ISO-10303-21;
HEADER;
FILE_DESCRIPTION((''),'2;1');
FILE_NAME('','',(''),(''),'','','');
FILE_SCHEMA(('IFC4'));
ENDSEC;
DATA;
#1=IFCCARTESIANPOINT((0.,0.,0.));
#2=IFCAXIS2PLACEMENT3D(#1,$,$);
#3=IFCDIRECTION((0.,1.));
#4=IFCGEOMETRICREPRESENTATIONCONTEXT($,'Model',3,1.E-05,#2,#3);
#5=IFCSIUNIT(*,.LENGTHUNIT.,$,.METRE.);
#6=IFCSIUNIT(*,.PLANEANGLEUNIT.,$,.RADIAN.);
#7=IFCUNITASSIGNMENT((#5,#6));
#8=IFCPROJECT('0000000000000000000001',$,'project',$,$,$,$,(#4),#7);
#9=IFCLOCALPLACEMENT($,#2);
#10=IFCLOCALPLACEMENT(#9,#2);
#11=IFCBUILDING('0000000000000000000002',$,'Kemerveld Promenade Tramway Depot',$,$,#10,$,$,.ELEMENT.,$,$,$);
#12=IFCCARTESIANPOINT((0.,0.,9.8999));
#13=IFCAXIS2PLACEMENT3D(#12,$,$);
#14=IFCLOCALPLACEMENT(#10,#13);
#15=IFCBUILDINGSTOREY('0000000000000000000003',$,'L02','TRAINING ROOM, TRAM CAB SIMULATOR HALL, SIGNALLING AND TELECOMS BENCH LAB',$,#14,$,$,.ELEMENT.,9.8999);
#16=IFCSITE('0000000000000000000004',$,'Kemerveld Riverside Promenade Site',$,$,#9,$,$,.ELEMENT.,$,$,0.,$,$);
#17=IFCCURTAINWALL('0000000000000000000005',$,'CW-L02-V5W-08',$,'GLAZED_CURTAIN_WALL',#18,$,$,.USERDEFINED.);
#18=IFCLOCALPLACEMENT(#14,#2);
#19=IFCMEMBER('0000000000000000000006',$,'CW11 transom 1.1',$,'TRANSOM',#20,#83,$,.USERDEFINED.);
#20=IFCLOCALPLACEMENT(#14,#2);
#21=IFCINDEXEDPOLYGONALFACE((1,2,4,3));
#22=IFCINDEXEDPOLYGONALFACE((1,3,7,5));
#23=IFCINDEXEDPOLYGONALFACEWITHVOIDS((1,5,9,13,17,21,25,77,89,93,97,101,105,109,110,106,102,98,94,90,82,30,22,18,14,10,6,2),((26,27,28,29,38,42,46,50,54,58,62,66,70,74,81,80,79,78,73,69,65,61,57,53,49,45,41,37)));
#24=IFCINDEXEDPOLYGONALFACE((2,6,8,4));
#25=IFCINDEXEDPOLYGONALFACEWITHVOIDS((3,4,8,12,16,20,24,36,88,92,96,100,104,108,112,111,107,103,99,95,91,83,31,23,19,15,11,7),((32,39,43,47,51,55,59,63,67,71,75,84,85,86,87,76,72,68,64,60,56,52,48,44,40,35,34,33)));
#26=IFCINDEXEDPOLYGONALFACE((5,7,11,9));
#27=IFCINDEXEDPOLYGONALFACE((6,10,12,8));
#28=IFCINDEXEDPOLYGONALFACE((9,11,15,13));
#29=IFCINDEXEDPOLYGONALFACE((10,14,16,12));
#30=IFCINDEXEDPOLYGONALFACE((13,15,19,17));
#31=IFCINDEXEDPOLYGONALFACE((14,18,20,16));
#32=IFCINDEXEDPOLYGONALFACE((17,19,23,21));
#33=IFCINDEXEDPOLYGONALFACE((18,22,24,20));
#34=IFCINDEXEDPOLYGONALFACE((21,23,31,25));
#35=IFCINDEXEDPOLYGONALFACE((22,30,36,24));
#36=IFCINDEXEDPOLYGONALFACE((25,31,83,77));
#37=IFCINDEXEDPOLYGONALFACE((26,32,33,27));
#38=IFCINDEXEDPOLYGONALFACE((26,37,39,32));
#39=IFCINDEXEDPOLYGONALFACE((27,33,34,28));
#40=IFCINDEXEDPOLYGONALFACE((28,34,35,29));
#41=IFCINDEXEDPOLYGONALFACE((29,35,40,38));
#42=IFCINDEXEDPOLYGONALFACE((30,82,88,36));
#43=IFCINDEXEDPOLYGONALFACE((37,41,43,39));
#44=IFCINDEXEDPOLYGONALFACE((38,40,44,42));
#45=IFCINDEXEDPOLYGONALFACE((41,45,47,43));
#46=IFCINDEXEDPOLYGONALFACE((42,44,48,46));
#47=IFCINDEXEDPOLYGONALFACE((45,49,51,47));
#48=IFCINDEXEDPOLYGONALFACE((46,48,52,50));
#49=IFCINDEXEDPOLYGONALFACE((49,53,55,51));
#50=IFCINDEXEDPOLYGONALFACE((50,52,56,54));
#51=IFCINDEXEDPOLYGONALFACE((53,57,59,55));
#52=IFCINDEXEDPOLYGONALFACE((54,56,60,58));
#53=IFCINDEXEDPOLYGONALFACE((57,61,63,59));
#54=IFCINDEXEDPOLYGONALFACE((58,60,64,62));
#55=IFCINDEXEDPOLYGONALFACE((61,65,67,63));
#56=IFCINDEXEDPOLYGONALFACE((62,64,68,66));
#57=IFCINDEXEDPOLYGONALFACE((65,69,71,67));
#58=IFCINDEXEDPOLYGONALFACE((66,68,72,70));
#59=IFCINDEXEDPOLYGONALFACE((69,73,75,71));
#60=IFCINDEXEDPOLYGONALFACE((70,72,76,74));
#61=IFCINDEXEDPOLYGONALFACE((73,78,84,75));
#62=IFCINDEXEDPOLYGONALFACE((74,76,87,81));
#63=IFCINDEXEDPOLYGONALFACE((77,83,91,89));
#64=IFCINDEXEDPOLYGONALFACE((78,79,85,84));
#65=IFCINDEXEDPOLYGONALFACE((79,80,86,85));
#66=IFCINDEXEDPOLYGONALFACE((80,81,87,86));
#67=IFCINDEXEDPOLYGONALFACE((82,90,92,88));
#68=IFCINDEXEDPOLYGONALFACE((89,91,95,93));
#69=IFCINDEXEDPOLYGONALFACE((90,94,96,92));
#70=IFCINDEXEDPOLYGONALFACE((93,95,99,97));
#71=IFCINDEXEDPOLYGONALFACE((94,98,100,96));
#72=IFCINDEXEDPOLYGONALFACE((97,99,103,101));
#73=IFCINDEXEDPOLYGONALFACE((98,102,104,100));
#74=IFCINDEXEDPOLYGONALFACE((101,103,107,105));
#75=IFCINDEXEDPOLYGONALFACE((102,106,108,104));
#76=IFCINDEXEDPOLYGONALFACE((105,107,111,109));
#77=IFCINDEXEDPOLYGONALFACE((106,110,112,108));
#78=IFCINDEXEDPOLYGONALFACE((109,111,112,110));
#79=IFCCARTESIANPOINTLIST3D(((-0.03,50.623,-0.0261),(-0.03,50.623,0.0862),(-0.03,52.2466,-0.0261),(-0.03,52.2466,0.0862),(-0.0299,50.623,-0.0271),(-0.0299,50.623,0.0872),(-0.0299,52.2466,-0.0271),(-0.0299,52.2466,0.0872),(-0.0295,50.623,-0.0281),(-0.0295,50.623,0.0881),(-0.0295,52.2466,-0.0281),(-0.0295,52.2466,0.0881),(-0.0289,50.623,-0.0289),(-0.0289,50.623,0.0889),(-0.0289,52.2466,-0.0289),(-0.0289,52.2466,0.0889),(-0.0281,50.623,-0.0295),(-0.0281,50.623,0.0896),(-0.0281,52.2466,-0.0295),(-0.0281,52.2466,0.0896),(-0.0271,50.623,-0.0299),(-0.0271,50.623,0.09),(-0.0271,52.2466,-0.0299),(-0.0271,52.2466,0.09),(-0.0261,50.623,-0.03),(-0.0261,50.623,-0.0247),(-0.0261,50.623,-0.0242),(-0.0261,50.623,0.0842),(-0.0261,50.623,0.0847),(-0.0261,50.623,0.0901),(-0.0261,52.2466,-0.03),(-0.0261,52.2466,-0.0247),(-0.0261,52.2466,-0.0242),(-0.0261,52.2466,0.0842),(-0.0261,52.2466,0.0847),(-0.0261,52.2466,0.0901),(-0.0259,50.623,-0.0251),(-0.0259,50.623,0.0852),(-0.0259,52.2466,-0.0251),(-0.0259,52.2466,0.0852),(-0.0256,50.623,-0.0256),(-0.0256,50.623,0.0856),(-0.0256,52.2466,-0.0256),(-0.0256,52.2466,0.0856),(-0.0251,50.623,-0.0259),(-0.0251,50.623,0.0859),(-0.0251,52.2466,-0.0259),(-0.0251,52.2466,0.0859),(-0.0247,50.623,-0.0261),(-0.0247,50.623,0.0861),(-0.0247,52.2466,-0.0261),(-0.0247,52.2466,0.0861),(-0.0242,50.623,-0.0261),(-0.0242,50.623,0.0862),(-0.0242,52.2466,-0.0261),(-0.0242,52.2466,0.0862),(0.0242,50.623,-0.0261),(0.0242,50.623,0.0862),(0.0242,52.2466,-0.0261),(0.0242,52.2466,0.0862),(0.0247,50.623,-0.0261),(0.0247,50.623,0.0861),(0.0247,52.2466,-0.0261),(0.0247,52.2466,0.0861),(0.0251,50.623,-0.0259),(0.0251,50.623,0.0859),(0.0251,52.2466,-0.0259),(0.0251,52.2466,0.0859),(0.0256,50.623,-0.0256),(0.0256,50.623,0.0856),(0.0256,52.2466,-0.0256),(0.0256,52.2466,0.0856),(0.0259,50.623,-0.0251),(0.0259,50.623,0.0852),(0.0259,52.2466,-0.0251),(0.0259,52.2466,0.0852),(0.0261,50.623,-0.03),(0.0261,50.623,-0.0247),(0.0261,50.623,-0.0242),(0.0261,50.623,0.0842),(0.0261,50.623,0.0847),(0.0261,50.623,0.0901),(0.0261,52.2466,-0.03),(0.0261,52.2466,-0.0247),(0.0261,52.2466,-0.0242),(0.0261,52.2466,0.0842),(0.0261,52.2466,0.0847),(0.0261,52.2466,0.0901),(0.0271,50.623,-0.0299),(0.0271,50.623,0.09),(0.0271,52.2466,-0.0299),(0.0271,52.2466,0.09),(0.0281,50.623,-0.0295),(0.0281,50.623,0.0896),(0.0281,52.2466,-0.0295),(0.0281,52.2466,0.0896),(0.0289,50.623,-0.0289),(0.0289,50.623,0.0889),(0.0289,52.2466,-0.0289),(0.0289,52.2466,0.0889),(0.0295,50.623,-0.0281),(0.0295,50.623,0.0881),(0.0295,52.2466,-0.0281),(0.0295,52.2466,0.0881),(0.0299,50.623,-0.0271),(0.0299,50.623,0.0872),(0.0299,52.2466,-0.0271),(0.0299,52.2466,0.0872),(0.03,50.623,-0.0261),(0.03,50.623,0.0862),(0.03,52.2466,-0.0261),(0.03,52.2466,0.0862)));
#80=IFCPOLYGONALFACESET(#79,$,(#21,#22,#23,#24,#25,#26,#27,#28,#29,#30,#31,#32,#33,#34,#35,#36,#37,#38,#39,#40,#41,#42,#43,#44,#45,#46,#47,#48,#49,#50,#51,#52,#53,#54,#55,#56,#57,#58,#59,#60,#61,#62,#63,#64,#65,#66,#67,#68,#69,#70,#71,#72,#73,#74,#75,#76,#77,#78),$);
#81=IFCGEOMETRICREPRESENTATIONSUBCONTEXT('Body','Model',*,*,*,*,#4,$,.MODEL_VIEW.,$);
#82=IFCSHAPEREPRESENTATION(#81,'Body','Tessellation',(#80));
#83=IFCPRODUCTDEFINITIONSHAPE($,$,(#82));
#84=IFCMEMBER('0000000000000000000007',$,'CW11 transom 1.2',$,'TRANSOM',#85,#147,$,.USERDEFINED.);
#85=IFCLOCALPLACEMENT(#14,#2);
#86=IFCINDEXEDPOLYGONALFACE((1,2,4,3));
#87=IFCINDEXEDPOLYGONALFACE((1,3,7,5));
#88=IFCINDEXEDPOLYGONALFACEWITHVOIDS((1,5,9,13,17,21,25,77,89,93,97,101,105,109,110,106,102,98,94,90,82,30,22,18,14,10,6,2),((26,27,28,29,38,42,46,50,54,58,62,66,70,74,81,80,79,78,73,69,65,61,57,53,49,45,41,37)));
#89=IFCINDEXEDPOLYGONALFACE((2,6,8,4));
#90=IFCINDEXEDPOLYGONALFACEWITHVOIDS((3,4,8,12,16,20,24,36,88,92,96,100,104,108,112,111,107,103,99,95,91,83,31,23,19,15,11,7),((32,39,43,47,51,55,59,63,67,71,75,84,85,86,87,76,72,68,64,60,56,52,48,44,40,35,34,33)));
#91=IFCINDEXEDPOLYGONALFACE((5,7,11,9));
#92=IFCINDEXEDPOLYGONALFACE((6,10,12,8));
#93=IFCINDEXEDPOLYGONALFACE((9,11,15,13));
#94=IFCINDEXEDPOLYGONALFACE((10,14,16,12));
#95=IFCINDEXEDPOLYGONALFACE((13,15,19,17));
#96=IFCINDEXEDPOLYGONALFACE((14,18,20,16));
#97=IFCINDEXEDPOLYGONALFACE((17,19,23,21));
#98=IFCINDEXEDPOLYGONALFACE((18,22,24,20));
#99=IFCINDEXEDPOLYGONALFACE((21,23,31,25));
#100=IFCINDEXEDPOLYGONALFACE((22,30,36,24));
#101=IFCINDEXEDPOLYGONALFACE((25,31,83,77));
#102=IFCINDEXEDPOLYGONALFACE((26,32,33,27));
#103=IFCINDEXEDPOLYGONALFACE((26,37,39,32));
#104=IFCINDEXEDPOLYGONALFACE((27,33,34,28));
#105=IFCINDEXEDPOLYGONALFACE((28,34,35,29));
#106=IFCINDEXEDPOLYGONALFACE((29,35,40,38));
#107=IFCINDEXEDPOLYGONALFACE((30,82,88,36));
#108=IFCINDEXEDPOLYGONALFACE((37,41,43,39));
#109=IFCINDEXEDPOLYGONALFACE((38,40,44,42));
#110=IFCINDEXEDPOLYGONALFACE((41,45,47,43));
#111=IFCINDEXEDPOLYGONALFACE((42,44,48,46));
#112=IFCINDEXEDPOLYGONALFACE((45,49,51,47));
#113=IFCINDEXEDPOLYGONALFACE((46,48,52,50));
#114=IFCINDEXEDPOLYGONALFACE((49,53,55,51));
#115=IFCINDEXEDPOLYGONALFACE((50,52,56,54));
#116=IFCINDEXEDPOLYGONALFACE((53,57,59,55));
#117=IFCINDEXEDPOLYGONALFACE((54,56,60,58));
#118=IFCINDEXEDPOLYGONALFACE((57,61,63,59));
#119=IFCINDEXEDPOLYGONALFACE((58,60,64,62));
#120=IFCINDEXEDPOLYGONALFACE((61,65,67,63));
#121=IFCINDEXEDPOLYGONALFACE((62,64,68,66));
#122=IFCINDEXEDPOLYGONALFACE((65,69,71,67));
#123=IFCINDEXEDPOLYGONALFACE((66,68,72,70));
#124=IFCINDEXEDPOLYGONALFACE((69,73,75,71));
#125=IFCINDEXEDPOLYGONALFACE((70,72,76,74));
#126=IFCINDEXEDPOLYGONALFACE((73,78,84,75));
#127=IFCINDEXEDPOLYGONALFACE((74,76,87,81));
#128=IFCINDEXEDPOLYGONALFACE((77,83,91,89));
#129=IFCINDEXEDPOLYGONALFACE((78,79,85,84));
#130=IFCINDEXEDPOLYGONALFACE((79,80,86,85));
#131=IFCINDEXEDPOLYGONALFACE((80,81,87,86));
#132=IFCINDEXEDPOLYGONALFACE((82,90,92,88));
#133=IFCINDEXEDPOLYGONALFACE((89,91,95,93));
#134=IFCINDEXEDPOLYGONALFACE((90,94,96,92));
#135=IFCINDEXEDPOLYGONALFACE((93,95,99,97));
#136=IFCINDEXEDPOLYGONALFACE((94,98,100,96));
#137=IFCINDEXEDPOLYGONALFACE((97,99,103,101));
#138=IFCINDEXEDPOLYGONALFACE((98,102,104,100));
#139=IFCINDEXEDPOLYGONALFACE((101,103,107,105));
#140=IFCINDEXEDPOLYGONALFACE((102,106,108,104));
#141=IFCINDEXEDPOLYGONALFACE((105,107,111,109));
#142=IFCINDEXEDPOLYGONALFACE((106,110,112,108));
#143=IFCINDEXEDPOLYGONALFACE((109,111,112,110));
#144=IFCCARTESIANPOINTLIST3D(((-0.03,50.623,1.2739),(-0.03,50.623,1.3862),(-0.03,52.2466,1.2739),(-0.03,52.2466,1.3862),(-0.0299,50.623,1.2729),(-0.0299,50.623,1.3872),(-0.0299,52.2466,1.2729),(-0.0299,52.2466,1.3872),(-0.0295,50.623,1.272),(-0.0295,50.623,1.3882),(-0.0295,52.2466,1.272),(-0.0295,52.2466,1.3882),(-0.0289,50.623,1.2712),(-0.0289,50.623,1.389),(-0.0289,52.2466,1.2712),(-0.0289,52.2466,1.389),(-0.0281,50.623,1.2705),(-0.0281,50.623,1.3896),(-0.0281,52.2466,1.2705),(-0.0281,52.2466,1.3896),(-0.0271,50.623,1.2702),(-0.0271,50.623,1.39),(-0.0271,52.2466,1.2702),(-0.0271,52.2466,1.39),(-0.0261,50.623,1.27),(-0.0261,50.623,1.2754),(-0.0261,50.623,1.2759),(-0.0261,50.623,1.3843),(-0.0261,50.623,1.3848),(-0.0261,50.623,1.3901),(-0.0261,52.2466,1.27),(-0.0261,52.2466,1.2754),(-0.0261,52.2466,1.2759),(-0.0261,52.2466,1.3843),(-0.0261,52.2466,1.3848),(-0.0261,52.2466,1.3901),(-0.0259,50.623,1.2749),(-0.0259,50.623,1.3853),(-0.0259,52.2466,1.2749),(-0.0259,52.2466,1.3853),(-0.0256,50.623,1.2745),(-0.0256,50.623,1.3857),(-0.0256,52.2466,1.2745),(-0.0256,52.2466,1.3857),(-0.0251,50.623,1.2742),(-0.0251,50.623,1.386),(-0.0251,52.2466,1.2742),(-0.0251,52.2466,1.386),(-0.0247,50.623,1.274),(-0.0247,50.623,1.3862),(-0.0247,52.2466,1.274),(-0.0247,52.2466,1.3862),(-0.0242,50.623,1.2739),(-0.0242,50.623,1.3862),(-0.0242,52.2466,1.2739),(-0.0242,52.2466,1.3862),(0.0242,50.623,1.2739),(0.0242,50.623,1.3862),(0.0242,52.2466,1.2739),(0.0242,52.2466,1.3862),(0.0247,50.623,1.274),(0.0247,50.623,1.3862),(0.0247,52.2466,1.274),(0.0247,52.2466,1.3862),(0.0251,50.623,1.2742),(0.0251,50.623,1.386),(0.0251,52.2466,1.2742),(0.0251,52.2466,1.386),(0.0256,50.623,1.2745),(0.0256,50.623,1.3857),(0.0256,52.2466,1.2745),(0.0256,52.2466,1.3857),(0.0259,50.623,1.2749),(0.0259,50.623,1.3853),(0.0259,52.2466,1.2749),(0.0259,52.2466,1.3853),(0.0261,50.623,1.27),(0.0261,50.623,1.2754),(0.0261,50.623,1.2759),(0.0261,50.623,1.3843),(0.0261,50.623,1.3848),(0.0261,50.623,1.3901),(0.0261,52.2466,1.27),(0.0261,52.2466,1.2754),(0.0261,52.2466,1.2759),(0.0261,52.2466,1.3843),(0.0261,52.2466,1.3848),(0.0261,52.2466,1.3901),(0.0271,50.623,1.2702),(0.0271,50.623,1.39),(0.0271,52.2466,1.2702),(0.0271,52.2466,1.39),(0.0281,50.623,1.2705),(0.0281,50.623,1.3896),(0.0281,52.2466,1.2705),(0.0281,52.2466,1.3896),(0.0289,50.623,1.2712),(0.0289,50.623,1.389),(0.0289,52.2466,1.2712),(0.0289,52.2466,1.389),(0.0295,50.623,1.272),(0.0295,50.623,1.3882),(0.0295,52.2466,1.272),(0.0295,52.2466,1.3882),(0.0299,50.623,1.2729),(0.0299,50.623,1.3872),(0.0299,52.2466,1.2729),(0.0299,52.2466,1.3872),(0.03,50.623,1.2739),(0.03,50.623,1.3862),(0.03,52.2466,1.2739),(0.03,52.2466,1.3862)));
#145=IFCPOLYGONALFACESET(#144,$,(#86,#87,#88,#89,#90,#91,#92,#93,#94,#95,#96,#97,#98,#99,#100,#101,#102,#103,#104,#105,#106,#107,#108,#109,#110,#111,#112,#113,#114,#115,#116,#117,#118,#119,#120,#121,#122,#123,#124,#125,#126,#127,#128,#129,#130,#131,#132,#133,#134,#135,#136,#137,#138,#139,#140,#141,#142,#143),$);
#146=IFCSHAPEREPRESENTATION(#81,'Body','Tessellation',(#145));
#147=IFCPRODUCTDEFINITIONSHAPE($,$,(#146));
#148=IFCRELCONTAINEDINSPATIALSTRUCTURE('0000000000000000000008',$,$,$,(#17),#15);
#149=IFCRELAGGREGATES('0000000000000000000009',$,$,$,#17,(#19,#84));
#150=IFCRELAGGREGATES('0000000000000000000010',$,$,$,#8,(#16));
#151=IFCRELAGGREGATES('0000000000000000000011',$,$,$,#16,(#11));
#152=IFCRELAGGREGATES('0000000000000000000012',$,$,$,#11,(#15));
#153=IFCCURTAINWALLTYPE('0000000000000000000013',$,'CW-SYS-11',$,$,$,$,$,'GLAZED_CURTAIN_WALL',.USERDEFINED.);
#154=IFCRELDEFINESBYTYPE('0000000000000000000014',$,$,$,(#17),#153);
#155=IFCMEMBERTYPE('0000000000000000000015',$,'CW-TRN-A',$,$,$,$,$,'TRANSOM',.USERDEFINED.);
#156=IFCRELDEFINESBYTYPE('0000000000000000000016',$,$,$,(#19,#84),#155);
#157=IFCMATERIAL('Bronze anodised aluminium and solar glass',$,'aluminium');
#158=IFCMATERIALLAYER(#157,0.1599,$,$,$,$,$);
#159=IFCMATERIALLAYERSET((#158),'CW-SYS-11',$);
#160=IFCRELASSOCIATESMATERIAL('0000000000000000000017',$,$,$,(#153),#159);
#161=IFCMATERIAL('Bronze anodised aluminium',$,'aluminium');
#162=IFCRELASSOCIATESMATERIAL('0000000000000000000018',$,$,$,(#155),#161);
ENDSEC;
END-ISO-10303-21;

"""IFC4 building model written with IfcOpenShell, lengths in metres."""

from ifc_helpers import new_model, si_unit, direction, frame, origin, origin_2d, place, context, subcontext, project, spatial, hollow_rectangle, extrude, material, layer, layer_set, material_profile, profile_set, type_object, element, aggregate, save


model = new_model("IFC4")

# Units and contexts
model_context = context("Model", 3, precision=1e-05, world=origin(), true_north=direction((0.0, 1.0)))
body_context = subcontext(model_context, "Body", "Model", "MODEL_VIEW")
ifc_project = project(units=[si_unit("LENGTHUNIT", "METRE"), si_unit("PLANEANGLEUNIT", "RADIAN")], contexts=[model_context])

# Site, building, storey
site_placement = place(None, origin())
site = spatial("IfcSite", under=ifc_project, at=site_placement, Name="Kemerveld Riverside Promenade Site", CompositionType="ELEMENT", RefElevation=0.0)
building_placement = place(site_placement, origin())
building = spatial("IfcBuilding", under=site, at=building_placement, Name="Kemerveld Promenade Tramway Depot", CompositionType="ELEMENT")
storey_placement = place(building_placement, frame((0.0, 0.0, 9.8999)))
storey = spatial("IfcBuildingStorey", under=building, at=storey_placement, Name="L02", Description="TRAINING ROOM, TRAM CAB SIMULATOR HALL, SIGNALLING AND TELECOMS BENCH LAB", CompositionType="ELEMENT", Elevation=9.8999)

# Curtain wall, members
ifc_material_1 = material(Name="Bronze anodised aluminium and solar glass", Category="aluminium")
ifc_layer_1 = layer(ifc_material_1, 0.1599)
ifc_layer_set_1 = layer_set([ifc_layer_1], Name="CW-SYS-11")
curtain_wall_type = type_object("IfcCurtainWallType", Name="CW-SYS-11", ElementType="GLAZED_CURTAIN_WALL", PredefinedType="USERDEFINED", material=ifc_layer_set_1)
curtain_wall_placement = place(storey_placement, origin())
curtain_wall = element("IfcCurtainWall", 1, at=curtain_wall_placement, inside=storey, type_object=curtain_wall_type, Name="CW-L02-V5W-08", ObjectType="GLAZED_CURTAIN_WALL", PredefinedType="USERDEFINED")
ifc_material_2 = material(Name="Bronze anodised aluminium", Category="aluminium")
ifc_material_profile_1 = material_profile(ifc_material_2, hollow_rectangle(XDim=0.0601, YDim=0.1201, WallThickness=0.0039, InnerFilletRadius=0.002, OuterFilletRadius=0.0039, at=origin_2d()), Name="CW-TRN-120x60")
ifc_profile_set_1 = profile_set([ifc_material_profile_1], Name="Bronze anodised aluminium")
member_type_1 = type_object("IfcMemberType", Name="CW-TRN-A", ElementType="TRANSOM", PredefinedType="USERDEFINED", material=ifc_profile_set_1)
member_1_placement = place(storey_placement, frame((0.0, 50.623, 0.03), z_axis=(0.0, 1.0, 0.0), x_axis=(-1.0, 0.0, 0.0)))
member_1 = element("IfcMember", 2, at=member_1_placement, type_object=member_type_1, Name="CW11 transom 1.1", ObjectType="TRANSOM", PredefinedType="USERDEFINED", context=body_context, shape_type="SweptSolid", body=[
    extrude(hollow_rectangle(XDim=0.0601, YDim=0.1201, WallThickness=0.0039, InnerFilletRadius=0.002, OuterFilletRadius=0.0039, at=origin_2d()), origin(), (0.0, 0.0, 1.0), 1.6235),
])
member_2_placement = place(storey_placement, frame((0.0, 50.623, 1.3301), z_axis=(0.0, 1.0, 0.0), x_axis=(-1.0, 0.0, 0.0)))
member_2 = element("IfcMember", 3, at=member_2_placement, type_object=member_type_1, Name="CW11 transom 1.2", ObjectType="TRANSOM", PredefinedType="USERDEFINED", context=body_context, shape_type="SweptSolid", body=[
    extrude(hollow_rectangle(XDim=0.0601, YDim=0.1201, WallThickness=0.0039, InnerFilletRadius=0.002, OuterFilletRadius=0.0039, at=origin_2d()), origin(), (0.0, 0.0, 1.0), 1.6235),
])
aggregate(curtain_wall, [member_1, member_2])

save(model, "model.ifc")
